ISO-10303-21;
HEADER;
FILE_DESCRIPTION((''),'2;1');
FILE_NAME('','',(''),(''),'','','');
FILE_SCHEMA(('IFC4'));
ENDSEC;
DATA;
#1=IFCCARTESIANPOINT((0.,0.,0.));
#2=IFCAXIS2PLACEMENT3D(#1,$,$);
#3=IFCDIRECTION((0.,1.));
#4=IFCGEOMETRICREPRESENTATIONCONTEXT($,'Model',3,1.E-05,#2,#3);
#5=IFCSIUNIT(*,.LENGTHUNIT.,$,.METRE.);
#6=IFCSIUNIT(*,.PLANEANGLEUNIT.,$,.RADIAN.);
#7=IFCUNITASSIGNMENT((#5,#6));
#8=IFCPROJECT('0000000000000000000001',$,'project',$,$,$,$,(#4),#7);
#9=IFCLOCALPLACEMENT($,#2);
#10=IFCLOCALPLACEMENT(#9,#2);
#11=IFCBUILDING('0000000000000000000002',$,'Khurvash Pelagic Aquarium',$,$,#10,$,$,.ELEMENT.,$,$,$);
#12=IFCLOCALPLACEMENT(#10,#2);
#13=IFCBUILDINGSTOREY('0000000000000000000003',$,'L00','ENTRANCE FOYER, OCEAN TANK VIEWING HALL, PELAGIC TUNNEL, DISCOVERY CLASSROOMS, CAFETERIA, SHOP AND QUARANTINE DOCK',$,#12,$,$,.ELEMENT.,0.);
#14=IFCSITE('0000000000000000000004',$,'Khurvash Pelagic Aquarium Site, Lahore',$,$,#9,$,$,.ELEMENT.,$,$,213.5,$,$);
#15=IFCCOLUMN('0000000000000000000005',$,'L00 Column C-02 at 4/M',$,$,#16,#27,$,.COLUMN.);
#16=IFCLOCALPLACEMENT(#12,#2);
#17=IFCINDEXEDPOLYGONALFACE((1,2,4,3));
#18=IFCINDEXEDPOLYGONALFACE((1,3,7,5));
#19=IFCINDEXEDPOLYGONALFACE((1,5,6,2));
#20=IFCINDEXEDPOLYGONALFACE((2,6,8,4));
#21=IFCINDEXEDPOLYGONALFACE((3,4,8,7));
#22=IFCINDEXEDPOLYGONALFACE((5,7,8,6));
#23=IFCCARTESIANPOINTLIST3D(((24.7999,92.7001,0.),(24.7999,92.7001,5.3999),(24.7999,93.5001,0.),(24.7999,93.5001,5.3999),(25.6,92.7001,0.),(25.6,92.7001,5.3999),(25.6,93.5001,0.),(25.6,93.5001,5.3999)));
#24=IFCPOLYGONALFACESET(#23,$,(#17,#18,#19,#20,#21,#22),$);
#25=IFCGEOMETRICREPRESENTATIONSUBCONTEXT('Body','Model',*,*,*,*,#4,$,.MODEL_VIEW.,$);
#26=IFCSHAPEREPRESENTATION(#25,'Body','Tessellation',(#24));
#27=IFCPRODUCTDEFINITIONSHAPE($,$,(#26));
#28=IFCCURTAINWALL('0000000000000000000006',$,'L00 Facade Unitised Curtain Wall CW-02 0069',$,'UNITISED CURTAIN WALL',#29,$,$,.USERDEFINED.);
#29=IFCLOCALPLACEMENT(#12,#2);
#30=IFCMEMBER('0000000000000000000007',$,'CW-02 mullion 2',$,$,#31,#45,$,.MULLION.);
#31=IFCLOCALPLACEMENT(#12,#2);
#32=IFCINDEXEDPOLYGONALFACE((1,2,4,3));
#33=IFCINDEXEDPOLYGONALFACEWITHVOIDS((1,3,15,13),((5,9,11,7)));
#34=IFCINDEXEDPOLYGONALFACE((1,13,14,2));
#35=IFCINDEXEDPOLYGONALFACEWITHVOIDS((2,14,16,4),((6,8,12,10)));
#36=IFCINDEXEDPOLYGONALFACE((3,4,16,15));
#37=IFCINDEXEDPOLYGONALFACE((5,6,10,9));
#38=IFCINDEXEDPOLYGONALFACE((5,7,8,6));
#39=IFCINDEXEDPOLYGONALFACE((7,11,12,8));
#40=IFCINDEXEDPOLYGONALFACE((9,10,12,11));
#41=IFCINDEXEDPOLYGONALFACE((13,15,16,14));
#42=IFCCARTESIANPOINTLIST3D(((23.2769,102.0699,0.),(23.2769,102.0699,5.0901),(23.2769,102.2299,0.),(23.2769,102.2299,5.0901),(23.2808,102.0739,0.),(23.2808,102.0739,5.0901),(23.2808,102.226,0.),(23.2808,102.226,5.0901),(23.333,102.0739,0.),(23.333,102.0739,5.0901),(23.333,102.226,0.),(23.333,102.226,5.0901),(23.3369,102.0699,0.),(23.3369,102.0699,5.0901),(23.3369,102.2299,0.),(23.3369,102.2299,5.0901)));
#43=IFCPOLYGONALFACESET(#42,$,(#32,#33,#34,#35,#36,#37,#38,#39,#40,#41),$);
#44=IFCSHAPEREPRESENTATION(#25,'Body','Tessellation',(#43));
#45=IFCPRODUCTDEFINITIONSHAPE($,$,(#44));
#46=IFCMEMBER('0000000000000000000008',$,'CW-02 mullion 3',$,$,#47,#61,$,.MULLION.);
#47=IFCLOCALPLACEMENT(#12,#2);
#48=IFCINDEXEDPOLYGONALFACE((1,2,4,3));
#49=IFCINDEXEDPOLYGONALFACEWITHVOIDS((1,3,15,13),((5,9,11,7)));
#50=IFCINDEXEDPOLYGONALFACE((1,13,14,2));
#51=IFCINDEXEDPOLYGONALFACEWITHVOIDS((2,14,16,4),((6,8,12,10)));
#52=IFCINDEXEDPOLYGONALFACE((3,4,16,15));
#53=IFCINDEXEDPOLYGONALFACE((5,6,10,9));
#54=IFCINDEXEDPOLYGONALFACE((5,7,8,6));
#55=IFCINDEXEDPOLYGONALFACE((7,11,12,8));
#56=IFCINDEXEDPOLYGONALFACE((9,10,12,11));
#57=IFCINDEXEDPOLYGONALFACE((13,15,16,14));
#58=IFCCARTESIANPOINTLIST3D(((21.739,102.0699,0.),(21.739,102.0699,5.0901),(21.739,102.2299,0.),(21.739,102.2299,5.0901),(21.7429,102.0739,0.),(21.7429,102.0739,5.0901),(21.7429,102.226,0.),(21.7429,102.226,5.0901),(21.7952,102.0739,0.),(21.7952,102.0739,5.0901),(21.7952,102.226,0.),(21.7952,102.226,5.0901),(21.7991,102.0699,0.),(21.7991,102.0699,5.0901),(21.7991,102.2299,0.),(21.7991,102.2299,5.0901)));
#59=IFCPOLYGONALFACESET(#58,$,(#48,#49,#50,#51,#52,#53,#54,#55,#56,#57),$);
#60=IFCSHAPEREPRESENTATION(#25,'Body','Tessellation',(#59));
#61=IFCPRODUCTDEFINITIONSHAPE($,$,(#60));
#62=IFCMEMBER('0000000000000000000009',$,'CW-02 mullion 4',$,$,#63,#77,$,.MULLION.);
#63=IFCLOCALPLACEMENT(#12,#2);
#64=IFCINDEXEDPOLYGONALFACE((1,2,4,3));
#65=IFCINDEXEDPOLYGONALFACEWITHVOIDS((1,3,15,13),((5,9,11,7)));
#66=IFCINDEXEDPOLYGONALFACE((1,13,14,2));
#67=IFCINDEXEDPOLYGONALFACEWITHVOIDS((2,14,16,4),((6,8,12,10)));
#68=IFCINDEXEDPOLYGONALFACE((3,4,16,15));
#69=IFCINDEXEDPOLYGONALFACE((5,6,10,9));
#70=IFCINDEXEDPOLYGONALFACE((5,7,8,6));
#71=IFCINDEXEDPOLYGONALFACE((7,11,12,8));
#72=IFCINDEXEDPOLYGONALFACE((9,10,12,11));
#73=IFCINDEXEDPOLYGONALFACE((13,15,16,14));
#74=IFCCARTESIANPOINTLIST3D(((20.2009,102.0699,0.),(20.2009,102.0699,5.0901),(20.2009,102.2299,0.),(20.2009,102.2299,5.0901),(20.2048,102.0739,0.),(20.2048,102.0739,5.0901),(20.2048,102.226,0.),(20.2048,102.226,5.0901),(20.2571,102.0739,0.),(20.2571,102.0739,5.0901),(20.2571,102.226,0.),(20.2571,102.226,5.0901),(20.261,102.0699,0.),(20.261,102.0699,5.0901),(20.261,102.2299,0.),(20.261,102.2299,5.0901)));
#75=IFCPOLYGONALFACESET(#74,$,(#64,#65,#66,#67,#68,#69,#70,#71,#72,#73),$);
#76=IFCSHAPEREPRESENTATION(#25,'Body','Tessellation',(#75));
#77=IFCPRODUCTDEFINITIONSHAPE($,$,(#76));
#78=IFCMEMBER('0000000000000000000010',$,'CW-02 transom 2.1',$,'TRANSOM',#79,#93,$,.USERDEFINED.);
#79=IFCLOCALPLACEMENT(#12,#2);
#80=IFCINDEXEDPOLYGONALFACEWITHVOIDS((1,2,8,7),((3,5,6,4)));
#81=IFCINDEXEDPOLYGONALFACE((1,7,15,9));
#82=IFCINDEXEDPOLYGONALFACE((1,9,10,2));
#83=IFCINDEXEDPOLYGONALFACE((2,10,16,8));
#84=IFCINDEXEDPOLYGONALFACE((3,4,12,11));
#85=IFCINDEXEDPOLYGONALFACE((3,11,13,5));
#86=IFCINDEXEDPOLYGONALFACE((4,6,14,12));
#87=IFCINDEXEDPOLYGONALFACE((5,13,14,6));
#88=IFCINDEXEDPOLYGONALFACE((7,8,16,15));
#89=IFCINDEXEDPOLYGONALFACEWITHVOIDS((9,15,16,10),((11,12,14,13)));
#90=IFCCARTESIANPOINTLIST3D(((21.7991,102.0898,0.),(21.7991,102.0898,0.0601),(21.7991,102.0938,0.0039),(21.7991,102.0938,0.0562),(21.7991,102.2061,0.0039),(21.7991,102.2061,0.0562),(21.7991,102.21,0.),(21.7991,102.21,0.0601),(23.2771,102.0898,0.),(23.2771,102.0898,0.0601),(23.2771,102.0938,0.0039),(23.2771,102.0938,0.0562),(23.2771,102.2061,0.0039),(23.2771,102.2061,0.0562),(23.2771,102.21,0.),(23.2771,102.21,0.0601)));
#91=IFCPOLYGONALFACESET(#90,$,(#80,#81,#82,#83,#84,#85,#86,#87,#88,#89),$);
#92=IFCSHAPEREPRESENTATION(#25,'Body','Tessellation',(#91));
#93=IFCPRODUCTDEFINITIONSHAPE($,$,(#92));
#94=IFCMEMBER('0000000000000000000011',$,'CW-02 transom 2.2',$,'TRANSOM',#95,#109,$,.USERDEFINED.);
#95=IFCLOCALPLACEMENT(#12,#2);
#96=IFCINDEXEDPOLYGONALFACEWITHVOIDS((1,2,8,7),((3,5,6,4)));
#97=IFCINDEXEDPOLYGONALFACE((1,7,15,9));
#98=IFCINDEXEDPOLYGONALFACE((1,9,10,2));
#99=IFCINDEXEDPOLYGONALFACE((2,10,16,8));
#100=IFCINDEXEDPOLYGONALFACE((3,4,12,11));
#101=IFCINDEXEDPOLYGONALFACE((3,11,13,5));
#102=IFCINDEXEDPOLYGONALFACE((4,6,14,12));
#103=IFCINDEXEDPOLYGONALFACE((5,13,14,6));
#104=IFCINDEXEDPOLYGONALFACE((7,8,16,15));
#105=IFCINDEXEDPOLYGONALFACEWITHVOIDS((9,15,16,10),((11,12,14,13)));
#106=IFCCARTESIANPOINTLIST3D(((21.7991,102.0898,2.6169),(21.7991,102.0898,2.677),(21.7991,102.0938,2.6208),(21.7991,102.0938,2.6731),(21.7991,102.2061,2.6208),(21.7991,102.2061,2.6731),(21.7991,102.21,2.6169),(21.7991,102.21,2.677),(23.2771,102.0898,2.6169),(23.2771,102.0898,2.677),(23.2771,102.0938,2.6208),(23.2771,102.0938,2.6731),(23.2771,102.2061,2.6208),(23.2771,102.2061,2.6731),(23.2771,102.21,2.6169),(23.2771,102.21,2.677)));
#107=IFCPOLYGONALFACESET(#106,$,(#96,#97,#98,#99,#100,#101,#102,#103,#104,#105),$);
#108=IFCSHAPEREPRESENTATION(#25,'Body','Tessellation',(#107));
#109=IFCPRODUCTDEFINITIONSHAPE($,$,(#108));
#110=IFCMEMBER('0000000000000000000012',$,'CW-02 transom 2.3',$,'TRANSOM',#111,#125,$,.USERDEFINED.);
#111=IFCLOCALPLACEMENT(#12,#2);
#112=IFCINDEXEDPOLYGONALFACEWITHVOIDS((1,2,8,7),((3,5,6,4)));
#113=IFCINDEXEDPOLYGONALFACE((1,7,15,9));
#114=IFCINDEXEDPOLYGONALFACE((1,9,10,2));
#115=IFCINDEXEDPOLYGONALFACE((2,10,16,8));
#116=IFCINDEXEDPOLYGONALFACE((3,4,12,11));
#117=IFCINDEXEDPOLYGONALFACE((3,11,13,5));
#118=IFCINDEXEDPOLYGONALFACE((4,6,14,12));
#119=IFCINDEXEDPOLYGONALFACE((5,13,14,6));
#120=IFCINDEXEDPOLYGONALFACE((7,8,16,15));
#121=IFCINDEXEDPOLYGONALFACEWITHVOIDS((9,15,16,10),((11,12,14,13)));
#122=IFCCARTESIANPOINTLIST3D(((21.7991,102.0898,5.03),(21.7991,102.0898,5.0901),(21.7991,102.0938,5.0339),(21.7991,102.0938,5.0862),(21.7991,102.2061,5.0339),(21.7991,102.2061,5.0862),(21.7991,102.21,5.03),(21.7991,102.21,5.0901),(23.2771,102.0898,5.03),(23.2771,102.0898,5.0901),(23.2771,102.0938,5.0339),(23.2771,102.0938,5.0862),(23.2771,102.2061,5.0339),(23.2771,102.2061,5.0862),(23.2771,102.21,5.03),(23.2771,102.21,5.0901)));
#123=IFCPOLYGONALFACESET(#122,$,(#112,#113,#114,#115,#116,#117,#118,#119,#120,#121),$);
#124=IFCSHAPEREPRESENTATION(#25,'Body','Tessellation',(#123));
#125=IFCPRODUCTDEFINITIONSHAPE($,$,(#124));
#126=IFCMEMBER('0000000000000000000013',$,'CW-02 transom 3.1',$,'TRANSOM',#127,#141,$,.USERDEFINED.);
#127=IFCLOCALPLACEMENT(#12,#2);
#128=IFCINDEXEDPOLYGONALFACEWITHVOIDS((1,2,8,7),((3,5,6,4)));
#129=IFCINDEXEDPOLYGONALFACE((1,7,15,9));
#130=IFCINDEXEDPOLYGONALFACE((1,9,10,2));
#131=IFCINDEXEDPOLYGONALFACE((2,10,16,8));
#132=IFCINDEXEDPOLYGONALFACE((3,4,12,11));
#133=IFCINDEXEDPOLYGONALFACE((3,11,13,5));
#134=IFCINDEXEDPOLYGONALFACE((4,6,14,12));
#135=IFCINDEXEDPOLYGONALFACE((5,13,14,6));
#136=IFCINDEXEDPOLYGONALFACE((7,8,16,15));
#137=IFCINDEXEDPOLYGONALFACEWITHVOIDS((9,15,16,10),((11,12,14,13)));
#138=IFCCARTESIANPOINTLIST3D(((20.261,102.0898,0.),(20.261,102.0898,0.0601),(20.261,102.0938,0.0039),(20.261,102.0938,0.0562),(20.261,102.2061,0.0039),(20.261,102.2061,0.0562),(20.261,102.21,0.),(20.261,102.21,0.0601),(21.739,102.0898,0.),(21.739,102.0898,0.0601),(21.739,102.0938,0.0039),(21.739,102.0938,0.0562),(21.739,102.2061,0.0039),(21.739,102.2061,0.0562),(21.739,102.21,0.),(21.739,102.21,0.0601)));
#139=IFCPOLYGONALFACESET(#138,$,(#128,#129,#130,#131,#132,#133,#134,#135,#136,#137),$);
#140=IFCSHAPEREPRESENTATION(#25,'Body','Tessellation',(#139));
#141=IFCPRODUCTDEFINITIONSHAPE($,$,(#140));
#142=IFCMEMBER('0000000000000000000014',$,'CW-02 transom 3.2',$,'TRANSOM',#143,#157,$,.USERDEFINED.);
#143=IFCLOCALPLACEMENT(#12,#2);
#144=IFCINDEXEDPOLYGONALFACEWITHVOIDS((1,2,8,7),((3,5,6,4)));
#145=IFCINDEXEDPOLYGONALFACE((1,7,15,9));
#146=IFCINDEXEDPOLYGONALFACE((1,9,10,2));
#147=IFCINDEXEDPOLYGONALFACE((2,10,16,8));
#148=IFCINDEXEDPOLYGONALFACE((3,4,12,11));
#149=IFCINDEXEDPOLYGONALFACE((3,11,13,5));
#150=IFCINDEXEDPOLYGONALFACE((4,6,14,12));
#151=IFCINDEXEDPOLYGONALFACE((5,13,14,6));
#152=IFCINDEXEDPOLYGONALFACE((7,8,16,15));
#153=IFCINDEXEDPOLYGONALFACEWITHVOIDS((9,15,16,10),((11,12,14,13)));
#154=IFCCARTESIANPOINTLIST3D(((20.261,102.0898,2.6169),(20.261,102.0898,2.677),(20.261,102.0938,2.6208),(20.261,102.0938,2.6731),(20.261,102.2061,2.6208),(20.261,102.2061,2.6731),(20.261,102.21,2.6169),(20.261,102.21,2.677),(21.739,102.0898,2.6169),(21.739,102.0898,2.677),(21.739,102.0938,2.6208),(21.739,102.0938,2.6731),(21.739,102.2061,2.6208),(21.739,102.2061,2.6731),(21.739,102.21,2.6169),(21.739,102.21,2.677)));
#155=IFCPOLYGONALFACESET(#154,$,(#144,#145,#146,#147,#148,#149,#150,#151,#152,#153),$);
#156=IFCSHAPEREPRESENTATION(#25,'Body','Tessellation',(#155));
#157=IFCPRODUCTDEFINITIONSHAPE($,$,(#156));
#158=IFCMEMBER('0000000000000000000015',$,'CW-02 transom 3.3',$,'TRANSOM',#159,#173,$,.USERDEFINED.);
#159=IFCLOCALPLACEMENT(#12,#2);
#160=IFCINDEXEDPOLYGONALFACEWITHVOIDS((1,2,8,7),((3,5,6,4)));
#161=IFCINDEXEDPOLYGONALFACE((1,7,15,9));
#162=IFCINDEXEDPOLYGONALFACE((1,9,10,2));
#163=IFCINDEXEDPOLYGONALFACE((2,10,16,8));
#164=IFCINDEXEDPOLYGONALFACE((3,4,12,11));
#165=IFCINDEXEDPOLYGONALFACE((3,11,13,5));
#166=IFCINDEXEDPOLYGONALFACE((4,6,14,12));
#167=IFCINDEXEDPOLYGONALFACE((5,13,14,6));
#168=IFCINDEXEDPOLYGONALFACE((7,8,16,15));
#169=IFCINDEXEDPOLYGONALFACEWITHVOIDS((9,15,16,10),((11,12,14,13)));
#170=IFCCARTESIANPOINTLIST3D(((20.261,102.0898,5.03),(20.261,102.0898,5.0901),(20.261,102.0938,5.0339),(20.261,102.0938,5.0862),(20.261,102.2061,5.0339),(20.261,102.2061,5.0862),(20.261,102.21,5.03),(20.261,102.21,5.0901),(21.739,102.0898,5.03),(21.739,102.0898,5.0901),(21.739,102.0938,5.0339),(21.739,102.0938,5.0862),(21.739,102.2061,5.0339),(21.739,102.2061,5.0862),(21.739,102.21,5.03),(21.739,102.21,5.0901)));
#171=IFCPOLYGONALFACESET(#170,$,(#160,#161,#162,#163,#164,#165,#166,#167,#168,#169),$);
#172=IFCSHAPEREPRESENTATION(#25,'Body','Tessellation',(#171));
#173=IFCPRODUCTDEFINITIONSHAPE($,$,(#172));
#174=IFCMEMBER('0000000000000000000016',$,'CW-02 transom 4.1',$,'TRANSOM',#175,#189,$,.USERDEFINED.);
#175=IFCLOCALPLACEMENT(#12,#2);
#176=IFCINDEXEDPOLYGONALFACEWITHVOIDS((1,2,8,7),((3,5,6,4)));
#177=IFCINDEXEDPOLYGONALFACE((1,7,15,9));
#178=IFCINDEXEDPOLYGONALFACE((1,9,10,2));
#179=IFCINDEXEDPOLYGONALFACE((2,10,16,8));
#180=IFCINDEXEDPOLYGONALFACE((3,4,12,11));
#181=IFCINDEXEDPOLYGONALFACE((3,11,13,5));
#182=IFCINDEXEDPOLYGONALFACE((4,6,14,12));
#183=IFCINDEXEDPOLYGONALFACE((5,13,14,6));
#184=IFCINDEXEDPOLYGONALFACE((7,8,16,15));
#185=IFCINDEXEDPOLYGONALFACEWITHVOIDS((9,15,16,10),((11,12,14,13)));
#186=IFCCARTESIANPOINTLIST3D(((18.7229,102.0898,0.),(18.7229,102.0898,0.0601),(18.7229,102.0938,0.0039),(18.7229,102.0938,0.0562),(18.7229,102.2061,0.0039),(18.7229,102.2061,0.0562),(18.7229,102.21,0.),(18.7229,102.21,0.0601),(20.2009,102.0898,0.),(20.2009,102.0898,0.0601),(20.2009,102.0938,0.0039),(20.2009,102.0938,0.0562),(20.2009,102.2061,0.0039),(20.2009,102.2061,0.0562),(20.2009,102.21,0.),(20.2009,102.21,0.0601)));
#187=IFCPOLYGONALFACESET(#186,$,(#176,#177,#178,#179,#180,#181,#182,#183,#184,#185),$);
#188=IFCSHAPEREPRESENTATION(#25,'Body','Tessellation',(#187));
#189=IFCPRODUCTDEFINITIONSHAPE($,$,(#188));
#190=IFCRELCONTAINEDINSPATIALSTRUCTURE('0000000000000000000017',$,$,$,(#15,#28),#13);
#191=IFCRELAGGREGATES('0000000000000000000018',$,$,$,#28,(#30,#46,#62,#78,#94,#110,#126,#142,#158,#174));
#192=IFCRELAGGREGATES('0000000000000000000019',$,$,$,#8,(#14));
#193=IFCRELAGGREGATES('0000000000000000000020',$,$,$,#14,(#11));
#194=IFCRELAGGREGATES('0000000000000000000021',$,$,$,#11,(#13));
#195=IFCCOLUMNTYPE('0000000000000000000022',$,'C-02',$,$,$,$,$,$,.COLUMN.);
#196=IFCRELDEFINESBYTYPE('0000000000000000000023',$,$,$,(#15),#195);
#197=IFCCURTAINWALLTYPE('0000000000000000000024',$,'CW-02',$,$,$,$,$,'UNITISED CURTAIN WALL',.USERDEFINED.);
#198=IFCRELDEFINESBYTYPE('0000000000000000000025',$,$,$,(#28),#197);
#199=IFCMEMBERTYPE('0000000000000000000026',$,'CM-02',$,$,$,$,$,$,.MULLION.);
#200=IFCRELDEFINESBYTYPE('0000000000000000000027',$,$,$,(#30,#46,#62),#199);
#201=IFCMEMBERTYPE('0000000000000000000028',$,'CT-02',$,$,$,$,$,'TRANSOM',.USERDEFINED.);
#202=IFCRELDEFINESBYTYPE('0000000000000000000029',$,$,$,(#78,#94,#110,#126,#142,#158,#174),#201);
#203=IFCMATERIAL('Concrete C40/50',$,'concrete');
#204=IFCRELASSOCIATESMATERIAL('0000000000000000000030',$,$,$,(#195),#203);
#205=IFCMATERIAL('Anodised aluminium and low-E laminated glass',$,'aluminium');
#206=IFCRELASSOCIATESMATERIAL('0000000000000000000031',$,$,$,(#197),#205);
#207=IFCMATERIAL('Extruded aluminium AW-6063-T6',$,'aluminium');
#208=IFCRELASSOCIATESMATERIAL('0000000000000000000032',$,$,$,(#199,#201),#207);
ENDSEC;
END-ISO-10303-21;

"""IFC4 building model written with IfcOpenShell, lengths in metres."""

from ifc_helpers import new_model, si_unit, direction, frame, origin, origin_2d, place, context, subcontext, project, spatial, rectangle, hollow_rectangle, extrude, material, material_profile, profile_set, type_object, element, aggregate, save


model = new_model("IFC4")

# Units and contexts
model_context = context("Model", 3, precision=1e-05, world=origin(), true_north=direction((0.0, 1.0)))
body_context = subcontext(model_context, "Body", "Model", "MODEL_VIEW")
ifc_project = project(units=[si_unit("LENGTHUNIT", "METRE"), si_unit("PLANEANGLEUNIT", "RADIAN")], contexts=[model_context])

# Site, building, storey
site_placement = place(None, origin())
site = spatial("IfcSite", under=ifc_project, at=site_placement, Name="Khurvash Pelagic Aquarium Site, Lahore", CompositionType="ELEMENT", RefElevation=213.5)
building_placement = place(site_placement, origin())
building = spatial("IfcBuilding", under=site, at=building_placement, Name="Khurvash Pelagic Aquarium", CompositionType="ELEMENT")
storey_placement = place(building_placement, origin())
storey = spatial("IfcBuildingStorey", under=building, at=storey_placement, Name="L00", Description="ENTRANCE FOYER, OCEAN TANK VIEWING HALL, PELAGIC TUNNEL, DISCOVERY CLASSROOMS, CAFETERIA, SHOP AND QUARANTINE DOCK", CompositionType="ELEMENT", Elevation=0.0)

# Column
ifc_material_1 = material(Name="Concrete C40/50", Category="concrete")
ifc_material_profile_1 = material_profile(ifc_material_1, rectangle(XDim=0.8, YDim=0.8, at=origin_2d()), Name="RC800X800")
ifc_profile_set_1 = profile_set([ifc_material_profile_1], Name="Concrete C40/50")
column_type = type_object("IfcColumnType", Name="C-02", PredefinedType="COLUMN", material=ifc_profile_set_1)
column_placement = place(storey_placement, frame((25.2, 93.1001, 0.0), z_axis=(0.0, 0.0, 1.0), x_axis=(1.0, 0.0, 0.0)))
element("IfcColumn", 1, at=column_placement, inside=storey, type_object=column_type, Name="L00 Column C-02 at 4/M", PredefinedType="COLUMN", context=body_context, shape_type="SweptSolid", body=[
    extrude(rectangle(XDim=0.8, YDim=0.8, at=origin_2d()), origin(), (0.0, 0.0, 1.0), 5.3999),
])

# Curtain wall, members
ifc_material_2 = material(Name="Anodised aluminium and low-E laminated glass", Category="aluminium")
curtain_wall_type = type_object("IfcCurtainWallType", Name="CW-02", ElementType="UNITISED CURTAIN WALL", PredefinedType="USERDEFINED", material=ifc_material_2)
curtain_wall_placement = place(storey_placement, origin())
curtain_wall = element("IfcCurtainWall", 2, at=curtain_wall_placement, inside=storey, type_object=curtain_wall_type, Name="L00 Facade Unitised Curtain Wall CW-02 0069", ObjectType="UNITISED CURTAIN WALL", PredefinedType="USERDEFINED")
ifc_material_3 = material(Name="Extruded aluminium AW-6063-T6", Category="aluminium")
ifc_material_profile_2 = material_profile(ifc_material_3, hollow_rectangle(XDim=0.0601, YDim=0.1599, WallThickness=0.0039, at=origin_2d()), Name="CWM60X160X4")
ifc_profile_set_2 = profile_set([ifc_material_profile_2], Name="Extruded aluminium AW-6063-T6")
member_type_1 = type_object("IfcMemberType", Name="CM-02", PredefinedType="MULLION", material=ifc_profile_set_2)
member_1_placement = place(storey_placement, frame((23.3069, 102.1499, 0.0), z_axis=(0.0, 0.0, 1.0), x_axis=(-1.0, 0.0, 0.0)))
member_1 = element("IfcMember", 3, at=member_1_placement, type_object=member_type_1, Name="CW-02 mullion 2", PredefinedType="MULLION", context=body_context, shape_type="SweptSolid", body=[
    extrude(hollow_rectangle(XDim=0.0601, YDim=0.1599, WallThickness=0.0039, at=origin_2d()), origin(), (0.0, 0.0, 1.0), 5.0901),
])
member_2_placement = place(storey_placement, frame((21.769, 102.1499, 0.0), z_axis=(0.0, 0.0, 1.0), x_axis=(-1.0, 0.0, 0.0)))
member_2 = element("IfcMember", 4, at=member_2_placement, type_object=member_type_1, Name="CW-02 mullion 3", PredefinedType="MULLION", context=body_context, shape_type="SweptSolid", body=[
    extrude(hollow_rectangle(XDim=0.0601, YDim=0.1599, WallThickness=0.0039, at=origin_2d()), origin(), (0.0, 0.0, 1.0), 5.0901),
])
member_3_placement = place(storey_placement, frame((20.231, 102.1499, 0.0), z_axis=(0.0, 0.0, 1.0), x_axis=(-1.0, 0.0, 0.0)))
member_3 = element("IfcMember", 5, at=member_3_placement, type_object=member_type_1, Name="CW-02 mullion 4", PredefinedType="MULLION", context=body_context, shape_type="SweptSolid", body=[
    extrude(hollow_rectangle(XDim=0.0601, YDim=0.1599, WallThickness=0.0039, at=origin_2d()), origin(), (0.0, 0.0, 1.0), 5.0901),
])
ifc_material_profile_3 = material_profile(ifc_material_3, hollow_rectangle(XDim=0.1201, YDim=0.0601, WallThickness=0.0039, at=origin_2d()), Name="CWT120X60X4")
ifc_profile_set_3 = profile_set([ifc_material_profile_3], Name="Extruded aluminium AW-6063-T6")
member_type_2 = type_object("IfcMemberType", Name="CT-02", ElementType="TRANSOM", PredefinedType="USERDEFINED", material=ifc_profile_set_3)
member_4_placement = place(storey_placement, frame((23.2771, 102.1499, 0.03), z_axis=(-1.0, 0.0, 0.0), x_axis=(0.0, -1.0, 0.0)))
member_4 = element("IfcMember", 6, at=member_4_placement, type_object=member_type_2, Name="CW-02 transom 2.1", ObjectType="TRANSOM", PredefinedType="USERDEFINED", context=body_context, shape_type="SweptSolid", body=[
    extrude(hollow_rectangle(XDim=0.1201, YDim=0.0601, WallThickness=0.0039, at=origin_2d()), origin(), (0.0, 0.0, 1.0), 1.478),
])
member_5_placement = place(storey_placement, frame((23.2771, 102.1499, 2.647), z_axis=(-1.0, 0.0, 0.0), x_axis=(0.0, -1.0, 0.0)))
member_5 = element("IfcMember", 7, at=member_5_placement, type_object=member_type_2, Name="CW-02 transom 2.2", ObjectType="TRANSOM", PredefinedType="USERDEFINED", context=body_context, shape_type="SweptSolid", body=[
    extrude(hollow_rectangle(XDim=0.1201, YDim=0.0601, WallThickness=0.0039, at=origin_2d()), origin(), (0.0, 0.0, 1.0), 1.478),
])
member_6_placement = place(storey_placement, frame((23.2771, 102.1499, 5.0601), z_axis=(-1.0, 0.0, 0.0), x_axis=(0.0, -1.0, 0.0)))
member_6 = element("IfcMember", 8, at=member_6_placement, type_object=member_type_2, Name="CW-02 transom 2.3", ObjectType="TRANSOM", PredefinedType="USERDEFINED", context=body_context, shape_type="SweptSolid", body=[
    extrude(hollow_rectangle(XDim=0.1201, YDim=0.0601, WallThickness=0.0039, at=origin_2d()), origin(), (0.0, 0.0, 1.0), 1.478),
])
member_7_placement = place(storey_placement, frame((21.739, 102.1499, 0.03), z_axis=(-1.0, 0.0, 0.0), x_axis=(0.0, -1.0, 0.0)))
member_7 = element("IfcMember", 9, at=member_7_placement, type_object=member_type_2, Name="CW-02 transom 3.1", ObjectType="TRANSOM", PredefinedType="USERDEFINED", context=body_context, shape_type="SweptSolid", body=[
    extrude(hollow_rectangle(XDim=0.1201, YDim=0.0601, WallThickness=0.0039, at=origin_2d()), origin(), (0.0, 0.0, 1.0), 1.478),
])
member_8_placement = place(storey_placement, frame((21.739, 102.1499, 2.647), z_axis=(-1.0, 0.0, 0.0), x_axis=(0.0, -1.0, 0.0)))
member_8 = element("IfcMember", 10, at=member_8_placement, type_object=member_type_2, Name="CW-02 transom 3.2", ObjectType="TRANSOM", PredefinedType="USERDEFINED", context=body_context, shape_type="SweptSolid", body=[
    extrude(hollow_rectangle(XDim=0.1201, YDim=0.0601, WallThickness=0.0039, at=origin_2d()), origin(), (0.0, 0.0, 1.0), 1.478),
])
member_9_placement = place(storey_placement, frame((21.739, 102.1499, 5.0601), z_axis=(-1.0, 0.0, 0.0), x_axis=(0.0, -1.0, 0.0)))
member_9 = element("IfcMember", 11, at=member_9_placement, type_object=member_type_2, Name="CW-02 transom 3.3", ObjectType="TRANSOM", PredefinedType="USERDEFINED", context=body_context, shape_type="SweptSolid", body=[
    extrude(hollow_rectangle(XDim=0.1201, YDim=0.0601, WallThickness=0.0039, at=origin_2d()), origin(), (0.0, 0.0, 1.0), 1.478),
])
member_10_placement = place(storey_placement, frame((20.2009, 102.1499, 0.03), z_axis=(-1.0, 0.0, 0.0), x_axis=(0.0, -1.0, 0.0)))
member_10 = element("IfcMember", 12, at=member_10_placement, type_object=member_type_2, Name="CW-02 transom 4.1", ObjectType="TRANSOM", PredefinedType="USERDEFINED", context=body_context, shape_type="SweptSolid", body=[
    extrude(hollow_rectangle(XDim=0.1201, YDim=0.0601, WallThickness=0.0039, at=origin_2d()), origin(), (0.0, 0.0, 1.0), 1.478),
])
aggregate(curtain_wall, [member_1, member_2, member_3, member_4, member_5, member_6, member_7, member_8, member_9, member_10])

save(model, "model.ifc")
